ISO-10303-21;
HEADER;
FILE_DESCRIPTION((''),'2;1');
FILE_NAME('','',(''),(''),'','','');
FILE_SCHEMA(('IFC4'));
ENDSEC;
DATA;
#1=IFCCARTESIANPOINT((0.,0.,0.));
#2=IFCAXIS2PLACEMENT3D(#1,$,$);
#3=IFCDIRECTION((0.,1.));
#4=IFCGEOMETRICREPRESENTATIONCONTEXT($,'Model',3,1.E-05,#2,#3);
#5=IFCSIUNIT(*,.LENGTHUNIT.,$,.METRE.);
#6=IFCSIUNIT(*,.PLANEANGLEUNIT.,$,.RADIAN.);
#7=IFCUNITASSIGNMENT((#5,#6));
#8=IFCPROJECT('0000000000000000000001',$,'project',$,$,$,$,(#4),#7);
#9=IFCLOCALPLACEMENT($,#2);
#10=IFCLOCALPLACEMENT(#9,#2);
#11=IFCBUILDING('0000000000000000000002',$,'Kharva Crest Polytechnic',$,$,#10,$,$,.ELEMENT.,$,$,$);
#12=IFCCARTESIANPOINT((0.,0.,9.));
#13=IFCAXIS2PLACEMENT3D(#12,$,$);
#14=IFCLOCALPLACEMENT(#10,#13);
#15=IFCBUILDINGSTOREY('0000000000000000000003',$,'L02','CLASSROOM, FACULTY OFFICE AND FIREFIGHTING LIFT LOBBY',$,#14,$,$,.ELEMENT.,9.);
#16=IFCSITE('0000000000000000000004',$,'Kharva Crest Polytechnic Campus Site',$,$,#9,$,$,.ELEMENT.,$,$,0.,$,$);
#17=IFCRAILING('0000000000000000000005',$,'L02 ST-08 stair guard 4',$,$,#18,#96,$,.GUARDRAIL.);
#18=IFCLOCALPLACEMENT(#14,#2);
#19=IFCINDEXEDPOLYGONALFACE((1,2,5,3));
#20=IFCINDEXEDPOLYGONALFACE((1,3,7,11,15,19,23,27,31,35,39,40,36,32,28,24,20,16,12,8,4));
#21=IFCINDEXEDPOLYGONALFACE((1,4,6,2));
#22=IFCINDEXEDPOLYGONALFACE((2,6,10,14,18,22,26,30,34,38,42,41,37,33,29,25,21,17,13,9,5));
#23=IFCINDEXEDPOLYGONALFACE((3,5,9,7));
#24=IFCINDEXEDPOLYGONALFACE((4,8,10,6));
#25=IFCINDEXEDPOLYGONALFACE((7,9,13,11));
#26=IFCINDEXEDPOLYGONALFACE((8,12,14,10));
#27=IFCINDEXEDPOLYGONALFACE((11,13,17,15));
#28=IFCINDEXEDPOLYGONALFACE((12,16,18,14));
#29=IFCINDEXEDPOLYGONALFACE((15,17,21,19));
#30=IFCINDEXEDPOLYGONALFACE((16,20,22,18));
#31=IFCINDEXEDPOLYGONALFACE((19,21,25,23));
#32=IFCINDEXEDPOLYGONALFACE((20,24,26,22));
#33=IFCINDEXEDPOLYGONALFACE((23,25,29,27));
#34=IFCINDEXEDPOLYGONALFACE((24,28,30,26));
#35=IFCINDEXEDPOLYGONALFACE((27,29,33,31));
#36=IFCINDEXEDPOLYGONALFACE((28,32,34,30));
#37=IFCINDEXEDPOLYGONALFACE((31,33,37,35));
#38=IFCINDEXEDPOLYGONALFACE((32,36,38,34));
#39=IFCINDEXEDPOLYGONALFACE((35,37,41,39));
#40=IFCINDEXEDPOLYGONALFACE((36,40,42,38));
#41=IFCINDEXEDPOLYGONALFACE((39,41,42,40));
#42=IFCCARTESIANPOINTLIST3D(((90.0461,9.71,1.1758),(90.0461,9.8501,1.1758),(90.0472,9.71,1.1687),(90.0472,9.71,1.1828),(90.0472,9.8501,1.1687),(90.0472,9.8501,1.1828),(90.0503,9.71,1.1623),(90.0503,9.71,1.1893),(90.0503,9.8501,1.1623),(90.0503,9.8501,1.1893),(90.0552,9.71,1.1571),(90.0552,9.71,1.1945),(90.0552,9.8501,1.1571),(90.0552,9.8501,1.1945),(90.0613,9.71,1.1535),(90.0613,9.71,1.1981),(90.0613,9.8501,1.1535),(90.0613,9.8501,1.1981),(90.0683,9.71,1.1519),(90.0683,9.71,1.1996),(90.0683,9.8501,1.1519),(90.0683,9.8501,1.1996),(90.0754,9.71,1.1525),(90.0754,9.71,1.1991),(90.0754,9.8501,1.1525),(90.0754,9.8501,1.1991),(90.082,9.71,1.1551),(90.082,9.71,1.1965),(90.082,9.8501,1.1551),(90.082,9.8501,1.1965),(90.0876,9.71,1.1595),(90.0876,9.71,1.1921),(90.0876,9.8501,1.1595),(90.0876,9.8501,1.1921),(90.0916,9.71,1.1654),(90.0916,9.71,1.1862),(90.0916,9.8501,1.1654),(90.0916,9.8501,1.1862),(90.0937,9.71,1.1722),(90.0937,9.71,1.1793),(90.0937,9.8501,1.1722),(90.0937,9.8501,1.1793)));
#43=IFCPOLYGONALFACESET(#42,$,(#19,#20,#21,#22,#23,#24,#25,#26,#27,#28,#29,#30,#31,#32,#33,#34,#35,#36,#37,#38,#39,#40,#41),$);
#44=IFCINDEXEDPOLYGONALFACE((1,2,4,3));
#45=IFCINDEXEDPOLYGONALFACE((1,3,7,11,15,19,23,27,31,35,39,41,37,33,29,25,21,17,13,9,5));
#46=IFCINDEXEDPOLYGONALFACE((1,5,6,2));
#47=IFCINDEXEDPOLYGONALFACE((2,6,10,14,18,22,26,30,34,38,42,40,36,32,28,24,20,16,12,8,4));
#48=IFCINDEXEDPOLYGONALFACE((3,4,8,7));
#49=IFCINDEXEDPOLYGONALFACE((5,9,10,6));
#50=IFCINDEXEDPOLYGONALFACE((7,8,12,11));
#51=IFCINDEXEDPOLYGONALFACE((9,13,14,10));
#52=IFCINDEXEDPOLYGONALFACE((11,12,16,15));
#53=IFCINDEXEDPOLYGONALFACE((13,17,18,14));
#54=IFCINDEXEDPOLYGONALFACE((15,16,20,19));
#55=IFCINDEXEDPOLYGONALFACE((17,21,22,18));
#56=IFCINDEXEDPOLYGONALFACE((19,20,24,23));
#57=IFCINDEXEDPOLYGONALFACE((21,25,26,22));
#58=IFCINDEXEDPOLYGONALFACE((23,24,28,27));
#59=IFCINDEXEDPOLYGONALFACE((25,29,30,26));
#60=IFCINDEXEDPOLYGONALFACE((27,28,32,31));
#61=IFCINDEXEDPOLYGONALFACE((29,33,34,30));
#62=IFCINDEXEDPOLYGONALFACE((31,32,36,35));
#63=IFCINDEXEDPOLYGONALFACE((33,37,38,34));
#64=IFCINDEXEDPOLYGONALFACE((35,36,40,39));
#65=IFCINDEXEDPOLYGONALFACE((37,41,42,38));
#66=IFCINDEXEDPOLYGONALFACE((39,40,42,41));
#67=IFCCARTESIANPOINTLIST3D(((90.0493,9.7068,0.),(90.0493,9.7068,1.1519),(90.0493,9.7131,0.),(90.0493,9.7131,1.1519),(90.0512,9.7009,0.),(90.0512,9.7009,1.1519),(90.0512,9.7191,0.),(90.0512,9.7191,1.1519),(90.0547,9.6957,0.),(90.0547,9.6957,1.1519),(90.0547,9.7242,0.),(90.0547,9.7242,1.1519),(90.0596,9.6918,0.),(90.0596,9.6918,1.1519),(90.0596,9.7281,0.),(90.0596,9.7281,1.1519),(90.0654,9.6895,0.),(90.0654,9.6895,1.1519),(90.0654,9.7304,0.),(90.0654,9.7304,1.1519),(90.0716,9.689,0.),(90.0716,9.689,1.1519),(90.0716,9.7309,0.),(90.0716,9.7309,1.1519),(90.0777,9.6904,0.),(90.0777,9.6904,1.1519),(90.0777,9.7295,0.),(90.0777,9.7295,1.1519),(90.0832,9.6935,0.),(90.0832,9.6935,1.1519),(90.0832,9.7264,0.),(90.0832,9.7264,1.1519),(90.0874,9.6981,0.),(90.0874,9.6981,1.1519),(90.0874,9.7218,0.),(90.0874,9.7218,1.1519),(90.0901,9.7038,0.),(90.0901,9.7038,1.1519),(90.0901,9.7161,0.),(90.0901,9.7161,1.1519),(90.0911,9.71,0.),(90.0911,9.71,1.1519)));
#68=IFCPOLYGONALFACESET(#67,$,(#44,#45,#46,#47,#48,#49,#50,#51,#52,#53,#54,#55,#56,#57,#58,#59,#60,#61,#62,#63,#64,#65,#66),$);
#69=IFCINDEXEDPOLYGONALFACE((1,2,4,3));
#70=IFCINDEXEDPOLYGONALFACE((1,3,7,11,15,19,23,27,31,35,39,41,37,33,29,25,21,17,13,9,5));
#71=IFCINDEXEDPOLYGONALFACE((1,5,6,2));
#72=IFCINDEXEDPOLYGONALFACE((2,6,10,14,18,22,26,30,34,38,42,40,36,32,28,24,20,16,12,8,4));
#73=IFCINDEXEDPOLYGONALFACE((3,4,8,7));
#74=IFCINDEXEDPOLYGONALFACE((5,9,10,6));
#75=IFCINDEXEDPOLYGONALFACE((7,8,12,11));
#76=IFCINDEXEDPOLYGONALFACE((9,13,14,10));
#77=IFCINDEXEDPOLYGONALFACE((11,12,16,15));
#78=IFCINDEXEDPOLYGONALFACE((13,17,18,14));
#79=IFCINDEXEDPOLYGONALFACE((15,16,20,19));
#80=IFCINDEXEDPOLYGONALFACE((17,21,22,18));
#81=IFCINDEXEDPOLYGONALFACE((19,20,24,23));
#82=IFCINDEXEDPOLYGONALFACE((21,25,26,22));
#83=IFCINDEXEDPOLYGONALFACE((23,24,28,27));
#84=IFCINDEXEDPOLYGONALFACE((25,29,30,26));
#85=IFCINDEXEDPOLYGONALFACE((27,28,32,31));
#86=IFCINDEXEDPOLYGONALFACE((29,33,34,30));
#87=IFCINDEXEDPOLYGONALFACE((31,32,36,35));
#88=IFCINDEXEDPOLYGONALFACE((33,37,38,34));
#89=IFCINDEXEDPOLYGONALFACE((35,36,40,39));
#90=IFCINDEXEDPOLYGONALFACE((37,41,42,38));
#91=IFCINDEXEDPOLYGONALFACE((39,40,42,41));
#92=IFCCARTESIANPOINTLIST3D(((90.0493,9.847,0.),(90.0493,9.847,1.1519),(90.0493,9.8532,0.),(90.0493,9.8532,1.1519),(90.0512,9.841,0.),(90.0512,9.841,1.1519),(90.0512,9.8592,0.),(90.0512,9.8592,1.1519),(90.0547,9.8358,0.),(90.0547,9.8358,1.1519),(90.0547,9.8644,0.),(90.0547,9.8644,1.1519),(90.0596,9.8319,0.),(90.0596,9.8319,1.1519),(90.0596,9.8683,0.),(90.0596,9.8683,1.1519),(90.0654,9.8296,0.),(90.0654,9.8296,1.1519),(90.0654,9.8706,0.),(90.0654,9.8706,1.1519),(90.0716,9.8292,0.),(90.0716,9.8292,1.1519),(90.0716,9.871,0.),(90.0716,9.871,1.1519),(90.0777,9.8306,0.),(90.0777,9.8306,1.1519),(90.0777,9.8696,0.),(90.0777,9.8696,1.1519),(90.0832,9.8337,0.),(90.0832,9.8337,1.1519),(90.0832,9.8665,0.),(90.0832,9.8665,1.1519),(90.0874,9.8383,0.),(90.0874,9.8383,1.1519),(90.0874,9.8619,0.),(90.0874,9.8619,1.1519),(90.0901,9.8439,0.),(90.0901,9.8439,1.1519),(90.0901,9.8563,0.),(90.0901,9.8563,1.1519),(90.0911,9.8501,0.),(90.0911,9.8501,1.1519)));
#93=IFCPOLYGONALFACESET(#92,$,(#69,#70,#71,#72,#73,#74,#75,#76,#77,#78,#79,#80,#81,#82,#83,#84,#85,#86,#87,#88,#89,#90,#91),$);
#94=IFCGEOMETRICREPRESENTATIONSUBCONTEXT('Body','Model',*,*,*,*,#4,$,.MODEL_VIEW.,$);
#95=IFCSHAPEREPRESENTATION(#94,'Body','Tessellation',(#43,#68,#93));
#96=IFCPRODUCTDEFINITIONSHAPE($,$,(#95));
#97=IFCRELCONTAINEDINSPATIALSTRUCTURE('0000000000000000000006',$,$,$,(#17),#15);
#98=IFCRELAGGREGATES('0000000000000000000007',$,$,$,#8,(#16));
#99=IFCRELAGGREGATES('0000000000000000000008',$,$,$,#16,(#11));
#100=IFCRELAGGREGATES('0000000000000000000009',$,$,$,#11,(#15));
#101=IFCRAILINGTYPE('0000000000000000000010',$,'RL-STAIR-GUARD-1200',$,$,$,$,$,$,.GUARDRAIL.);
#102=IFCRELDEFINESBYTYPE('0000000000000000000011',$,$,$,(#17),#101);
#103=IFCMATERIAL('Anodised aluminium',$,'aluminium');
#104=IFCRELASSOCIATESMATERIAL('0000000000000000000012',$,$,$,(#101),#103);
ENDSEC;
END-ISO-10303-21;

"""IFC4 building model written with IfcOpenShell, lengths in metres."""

from ifc_helpers import new_model, si_unit, direction, frame, origin, origin_2d, place, context, subcontext, project, spatial, circle, extrude, material, type_object, element, save


model = new_model("IFC4")

# Units and contexts
model_context = context("Model", 3, precision=1e-05, world=origin(), true_north=direction((0.0, 1.0)))
body_context = subcontext(model_context, "Body", "Model", "MODEL_VIEW")
ifc_project = project(units=[si_unit("LENGTHUNIT", "METRE"), si_unit("PLANEANGLEUNIT", "RADIAN")], contexts=[model_context])

# Site, building, storey
site_placement = place(None, origin())
site = spatial("IfcSite", under=ifc_project, at=site_placement, Name="Kharva Crest Polytechnic Campus Site", CompositionType="ELEMENT", RefElevation=0.0)
building_placement = place(site_placement, origin())
building = spatial("IfcBuilding", under=site, at=building_placement, Name="Kharva Crest Polytechnic", CompositionType="ELEMENT")
storey_placement = place(building_placement, frame((0.0, 0.0, 9.0)))
storey = spatial("IfcBuildingStorey", under=building, at=storey_placement, Name="L02", Description="CLASSROOM, FACULTY OFFICE AND FIREFIGHTING LIFT LOBBY", CompositionType="ELEMENT", Elevation=9.0)

# Railing
ifc_material_1 = material(Name="Anodised aluminium", Category="aluminium")
railing_type_1 = type_object("IfcRailingType", Name="RL-STAIR-GUARD-1200", PredefinedType="GUARDRAIL", material=ifc_material_1)
railing_1_placement = place(storey_placement, frame((90.0701, 9.71, 0.0)))
element("IfcRailing", 1, at=railing_1_placement, inside=storey, type_object=railing_type_1, Name="L02 ST-08 stair guard 4", PredefinedType="GUARDRAIL", context=body_context, shape_type="SweptSolid", body=[
    extrude(circle(Radius=0.0239, at=origin_2d()), frame((0.0, 0.0, 1.1758), z_axis=(0.0, 1.0, 0.0), x_axis=(-1.0, 0.0, 0.0)), (0.0, 0.0, 1.0), 0.1401),
    extrude(circle(Radius=0.021, at=origin_2d()), origin(), (0.0, 0.0, 1.0), 1.1519),
    extrude(circle(Radius=0.021, at=origin_2d()), frame((0.0, 0.1401, 0.0)), (0.0, 0.0, 1.0), 1.1519),
])

save(model, "model.ifc")
